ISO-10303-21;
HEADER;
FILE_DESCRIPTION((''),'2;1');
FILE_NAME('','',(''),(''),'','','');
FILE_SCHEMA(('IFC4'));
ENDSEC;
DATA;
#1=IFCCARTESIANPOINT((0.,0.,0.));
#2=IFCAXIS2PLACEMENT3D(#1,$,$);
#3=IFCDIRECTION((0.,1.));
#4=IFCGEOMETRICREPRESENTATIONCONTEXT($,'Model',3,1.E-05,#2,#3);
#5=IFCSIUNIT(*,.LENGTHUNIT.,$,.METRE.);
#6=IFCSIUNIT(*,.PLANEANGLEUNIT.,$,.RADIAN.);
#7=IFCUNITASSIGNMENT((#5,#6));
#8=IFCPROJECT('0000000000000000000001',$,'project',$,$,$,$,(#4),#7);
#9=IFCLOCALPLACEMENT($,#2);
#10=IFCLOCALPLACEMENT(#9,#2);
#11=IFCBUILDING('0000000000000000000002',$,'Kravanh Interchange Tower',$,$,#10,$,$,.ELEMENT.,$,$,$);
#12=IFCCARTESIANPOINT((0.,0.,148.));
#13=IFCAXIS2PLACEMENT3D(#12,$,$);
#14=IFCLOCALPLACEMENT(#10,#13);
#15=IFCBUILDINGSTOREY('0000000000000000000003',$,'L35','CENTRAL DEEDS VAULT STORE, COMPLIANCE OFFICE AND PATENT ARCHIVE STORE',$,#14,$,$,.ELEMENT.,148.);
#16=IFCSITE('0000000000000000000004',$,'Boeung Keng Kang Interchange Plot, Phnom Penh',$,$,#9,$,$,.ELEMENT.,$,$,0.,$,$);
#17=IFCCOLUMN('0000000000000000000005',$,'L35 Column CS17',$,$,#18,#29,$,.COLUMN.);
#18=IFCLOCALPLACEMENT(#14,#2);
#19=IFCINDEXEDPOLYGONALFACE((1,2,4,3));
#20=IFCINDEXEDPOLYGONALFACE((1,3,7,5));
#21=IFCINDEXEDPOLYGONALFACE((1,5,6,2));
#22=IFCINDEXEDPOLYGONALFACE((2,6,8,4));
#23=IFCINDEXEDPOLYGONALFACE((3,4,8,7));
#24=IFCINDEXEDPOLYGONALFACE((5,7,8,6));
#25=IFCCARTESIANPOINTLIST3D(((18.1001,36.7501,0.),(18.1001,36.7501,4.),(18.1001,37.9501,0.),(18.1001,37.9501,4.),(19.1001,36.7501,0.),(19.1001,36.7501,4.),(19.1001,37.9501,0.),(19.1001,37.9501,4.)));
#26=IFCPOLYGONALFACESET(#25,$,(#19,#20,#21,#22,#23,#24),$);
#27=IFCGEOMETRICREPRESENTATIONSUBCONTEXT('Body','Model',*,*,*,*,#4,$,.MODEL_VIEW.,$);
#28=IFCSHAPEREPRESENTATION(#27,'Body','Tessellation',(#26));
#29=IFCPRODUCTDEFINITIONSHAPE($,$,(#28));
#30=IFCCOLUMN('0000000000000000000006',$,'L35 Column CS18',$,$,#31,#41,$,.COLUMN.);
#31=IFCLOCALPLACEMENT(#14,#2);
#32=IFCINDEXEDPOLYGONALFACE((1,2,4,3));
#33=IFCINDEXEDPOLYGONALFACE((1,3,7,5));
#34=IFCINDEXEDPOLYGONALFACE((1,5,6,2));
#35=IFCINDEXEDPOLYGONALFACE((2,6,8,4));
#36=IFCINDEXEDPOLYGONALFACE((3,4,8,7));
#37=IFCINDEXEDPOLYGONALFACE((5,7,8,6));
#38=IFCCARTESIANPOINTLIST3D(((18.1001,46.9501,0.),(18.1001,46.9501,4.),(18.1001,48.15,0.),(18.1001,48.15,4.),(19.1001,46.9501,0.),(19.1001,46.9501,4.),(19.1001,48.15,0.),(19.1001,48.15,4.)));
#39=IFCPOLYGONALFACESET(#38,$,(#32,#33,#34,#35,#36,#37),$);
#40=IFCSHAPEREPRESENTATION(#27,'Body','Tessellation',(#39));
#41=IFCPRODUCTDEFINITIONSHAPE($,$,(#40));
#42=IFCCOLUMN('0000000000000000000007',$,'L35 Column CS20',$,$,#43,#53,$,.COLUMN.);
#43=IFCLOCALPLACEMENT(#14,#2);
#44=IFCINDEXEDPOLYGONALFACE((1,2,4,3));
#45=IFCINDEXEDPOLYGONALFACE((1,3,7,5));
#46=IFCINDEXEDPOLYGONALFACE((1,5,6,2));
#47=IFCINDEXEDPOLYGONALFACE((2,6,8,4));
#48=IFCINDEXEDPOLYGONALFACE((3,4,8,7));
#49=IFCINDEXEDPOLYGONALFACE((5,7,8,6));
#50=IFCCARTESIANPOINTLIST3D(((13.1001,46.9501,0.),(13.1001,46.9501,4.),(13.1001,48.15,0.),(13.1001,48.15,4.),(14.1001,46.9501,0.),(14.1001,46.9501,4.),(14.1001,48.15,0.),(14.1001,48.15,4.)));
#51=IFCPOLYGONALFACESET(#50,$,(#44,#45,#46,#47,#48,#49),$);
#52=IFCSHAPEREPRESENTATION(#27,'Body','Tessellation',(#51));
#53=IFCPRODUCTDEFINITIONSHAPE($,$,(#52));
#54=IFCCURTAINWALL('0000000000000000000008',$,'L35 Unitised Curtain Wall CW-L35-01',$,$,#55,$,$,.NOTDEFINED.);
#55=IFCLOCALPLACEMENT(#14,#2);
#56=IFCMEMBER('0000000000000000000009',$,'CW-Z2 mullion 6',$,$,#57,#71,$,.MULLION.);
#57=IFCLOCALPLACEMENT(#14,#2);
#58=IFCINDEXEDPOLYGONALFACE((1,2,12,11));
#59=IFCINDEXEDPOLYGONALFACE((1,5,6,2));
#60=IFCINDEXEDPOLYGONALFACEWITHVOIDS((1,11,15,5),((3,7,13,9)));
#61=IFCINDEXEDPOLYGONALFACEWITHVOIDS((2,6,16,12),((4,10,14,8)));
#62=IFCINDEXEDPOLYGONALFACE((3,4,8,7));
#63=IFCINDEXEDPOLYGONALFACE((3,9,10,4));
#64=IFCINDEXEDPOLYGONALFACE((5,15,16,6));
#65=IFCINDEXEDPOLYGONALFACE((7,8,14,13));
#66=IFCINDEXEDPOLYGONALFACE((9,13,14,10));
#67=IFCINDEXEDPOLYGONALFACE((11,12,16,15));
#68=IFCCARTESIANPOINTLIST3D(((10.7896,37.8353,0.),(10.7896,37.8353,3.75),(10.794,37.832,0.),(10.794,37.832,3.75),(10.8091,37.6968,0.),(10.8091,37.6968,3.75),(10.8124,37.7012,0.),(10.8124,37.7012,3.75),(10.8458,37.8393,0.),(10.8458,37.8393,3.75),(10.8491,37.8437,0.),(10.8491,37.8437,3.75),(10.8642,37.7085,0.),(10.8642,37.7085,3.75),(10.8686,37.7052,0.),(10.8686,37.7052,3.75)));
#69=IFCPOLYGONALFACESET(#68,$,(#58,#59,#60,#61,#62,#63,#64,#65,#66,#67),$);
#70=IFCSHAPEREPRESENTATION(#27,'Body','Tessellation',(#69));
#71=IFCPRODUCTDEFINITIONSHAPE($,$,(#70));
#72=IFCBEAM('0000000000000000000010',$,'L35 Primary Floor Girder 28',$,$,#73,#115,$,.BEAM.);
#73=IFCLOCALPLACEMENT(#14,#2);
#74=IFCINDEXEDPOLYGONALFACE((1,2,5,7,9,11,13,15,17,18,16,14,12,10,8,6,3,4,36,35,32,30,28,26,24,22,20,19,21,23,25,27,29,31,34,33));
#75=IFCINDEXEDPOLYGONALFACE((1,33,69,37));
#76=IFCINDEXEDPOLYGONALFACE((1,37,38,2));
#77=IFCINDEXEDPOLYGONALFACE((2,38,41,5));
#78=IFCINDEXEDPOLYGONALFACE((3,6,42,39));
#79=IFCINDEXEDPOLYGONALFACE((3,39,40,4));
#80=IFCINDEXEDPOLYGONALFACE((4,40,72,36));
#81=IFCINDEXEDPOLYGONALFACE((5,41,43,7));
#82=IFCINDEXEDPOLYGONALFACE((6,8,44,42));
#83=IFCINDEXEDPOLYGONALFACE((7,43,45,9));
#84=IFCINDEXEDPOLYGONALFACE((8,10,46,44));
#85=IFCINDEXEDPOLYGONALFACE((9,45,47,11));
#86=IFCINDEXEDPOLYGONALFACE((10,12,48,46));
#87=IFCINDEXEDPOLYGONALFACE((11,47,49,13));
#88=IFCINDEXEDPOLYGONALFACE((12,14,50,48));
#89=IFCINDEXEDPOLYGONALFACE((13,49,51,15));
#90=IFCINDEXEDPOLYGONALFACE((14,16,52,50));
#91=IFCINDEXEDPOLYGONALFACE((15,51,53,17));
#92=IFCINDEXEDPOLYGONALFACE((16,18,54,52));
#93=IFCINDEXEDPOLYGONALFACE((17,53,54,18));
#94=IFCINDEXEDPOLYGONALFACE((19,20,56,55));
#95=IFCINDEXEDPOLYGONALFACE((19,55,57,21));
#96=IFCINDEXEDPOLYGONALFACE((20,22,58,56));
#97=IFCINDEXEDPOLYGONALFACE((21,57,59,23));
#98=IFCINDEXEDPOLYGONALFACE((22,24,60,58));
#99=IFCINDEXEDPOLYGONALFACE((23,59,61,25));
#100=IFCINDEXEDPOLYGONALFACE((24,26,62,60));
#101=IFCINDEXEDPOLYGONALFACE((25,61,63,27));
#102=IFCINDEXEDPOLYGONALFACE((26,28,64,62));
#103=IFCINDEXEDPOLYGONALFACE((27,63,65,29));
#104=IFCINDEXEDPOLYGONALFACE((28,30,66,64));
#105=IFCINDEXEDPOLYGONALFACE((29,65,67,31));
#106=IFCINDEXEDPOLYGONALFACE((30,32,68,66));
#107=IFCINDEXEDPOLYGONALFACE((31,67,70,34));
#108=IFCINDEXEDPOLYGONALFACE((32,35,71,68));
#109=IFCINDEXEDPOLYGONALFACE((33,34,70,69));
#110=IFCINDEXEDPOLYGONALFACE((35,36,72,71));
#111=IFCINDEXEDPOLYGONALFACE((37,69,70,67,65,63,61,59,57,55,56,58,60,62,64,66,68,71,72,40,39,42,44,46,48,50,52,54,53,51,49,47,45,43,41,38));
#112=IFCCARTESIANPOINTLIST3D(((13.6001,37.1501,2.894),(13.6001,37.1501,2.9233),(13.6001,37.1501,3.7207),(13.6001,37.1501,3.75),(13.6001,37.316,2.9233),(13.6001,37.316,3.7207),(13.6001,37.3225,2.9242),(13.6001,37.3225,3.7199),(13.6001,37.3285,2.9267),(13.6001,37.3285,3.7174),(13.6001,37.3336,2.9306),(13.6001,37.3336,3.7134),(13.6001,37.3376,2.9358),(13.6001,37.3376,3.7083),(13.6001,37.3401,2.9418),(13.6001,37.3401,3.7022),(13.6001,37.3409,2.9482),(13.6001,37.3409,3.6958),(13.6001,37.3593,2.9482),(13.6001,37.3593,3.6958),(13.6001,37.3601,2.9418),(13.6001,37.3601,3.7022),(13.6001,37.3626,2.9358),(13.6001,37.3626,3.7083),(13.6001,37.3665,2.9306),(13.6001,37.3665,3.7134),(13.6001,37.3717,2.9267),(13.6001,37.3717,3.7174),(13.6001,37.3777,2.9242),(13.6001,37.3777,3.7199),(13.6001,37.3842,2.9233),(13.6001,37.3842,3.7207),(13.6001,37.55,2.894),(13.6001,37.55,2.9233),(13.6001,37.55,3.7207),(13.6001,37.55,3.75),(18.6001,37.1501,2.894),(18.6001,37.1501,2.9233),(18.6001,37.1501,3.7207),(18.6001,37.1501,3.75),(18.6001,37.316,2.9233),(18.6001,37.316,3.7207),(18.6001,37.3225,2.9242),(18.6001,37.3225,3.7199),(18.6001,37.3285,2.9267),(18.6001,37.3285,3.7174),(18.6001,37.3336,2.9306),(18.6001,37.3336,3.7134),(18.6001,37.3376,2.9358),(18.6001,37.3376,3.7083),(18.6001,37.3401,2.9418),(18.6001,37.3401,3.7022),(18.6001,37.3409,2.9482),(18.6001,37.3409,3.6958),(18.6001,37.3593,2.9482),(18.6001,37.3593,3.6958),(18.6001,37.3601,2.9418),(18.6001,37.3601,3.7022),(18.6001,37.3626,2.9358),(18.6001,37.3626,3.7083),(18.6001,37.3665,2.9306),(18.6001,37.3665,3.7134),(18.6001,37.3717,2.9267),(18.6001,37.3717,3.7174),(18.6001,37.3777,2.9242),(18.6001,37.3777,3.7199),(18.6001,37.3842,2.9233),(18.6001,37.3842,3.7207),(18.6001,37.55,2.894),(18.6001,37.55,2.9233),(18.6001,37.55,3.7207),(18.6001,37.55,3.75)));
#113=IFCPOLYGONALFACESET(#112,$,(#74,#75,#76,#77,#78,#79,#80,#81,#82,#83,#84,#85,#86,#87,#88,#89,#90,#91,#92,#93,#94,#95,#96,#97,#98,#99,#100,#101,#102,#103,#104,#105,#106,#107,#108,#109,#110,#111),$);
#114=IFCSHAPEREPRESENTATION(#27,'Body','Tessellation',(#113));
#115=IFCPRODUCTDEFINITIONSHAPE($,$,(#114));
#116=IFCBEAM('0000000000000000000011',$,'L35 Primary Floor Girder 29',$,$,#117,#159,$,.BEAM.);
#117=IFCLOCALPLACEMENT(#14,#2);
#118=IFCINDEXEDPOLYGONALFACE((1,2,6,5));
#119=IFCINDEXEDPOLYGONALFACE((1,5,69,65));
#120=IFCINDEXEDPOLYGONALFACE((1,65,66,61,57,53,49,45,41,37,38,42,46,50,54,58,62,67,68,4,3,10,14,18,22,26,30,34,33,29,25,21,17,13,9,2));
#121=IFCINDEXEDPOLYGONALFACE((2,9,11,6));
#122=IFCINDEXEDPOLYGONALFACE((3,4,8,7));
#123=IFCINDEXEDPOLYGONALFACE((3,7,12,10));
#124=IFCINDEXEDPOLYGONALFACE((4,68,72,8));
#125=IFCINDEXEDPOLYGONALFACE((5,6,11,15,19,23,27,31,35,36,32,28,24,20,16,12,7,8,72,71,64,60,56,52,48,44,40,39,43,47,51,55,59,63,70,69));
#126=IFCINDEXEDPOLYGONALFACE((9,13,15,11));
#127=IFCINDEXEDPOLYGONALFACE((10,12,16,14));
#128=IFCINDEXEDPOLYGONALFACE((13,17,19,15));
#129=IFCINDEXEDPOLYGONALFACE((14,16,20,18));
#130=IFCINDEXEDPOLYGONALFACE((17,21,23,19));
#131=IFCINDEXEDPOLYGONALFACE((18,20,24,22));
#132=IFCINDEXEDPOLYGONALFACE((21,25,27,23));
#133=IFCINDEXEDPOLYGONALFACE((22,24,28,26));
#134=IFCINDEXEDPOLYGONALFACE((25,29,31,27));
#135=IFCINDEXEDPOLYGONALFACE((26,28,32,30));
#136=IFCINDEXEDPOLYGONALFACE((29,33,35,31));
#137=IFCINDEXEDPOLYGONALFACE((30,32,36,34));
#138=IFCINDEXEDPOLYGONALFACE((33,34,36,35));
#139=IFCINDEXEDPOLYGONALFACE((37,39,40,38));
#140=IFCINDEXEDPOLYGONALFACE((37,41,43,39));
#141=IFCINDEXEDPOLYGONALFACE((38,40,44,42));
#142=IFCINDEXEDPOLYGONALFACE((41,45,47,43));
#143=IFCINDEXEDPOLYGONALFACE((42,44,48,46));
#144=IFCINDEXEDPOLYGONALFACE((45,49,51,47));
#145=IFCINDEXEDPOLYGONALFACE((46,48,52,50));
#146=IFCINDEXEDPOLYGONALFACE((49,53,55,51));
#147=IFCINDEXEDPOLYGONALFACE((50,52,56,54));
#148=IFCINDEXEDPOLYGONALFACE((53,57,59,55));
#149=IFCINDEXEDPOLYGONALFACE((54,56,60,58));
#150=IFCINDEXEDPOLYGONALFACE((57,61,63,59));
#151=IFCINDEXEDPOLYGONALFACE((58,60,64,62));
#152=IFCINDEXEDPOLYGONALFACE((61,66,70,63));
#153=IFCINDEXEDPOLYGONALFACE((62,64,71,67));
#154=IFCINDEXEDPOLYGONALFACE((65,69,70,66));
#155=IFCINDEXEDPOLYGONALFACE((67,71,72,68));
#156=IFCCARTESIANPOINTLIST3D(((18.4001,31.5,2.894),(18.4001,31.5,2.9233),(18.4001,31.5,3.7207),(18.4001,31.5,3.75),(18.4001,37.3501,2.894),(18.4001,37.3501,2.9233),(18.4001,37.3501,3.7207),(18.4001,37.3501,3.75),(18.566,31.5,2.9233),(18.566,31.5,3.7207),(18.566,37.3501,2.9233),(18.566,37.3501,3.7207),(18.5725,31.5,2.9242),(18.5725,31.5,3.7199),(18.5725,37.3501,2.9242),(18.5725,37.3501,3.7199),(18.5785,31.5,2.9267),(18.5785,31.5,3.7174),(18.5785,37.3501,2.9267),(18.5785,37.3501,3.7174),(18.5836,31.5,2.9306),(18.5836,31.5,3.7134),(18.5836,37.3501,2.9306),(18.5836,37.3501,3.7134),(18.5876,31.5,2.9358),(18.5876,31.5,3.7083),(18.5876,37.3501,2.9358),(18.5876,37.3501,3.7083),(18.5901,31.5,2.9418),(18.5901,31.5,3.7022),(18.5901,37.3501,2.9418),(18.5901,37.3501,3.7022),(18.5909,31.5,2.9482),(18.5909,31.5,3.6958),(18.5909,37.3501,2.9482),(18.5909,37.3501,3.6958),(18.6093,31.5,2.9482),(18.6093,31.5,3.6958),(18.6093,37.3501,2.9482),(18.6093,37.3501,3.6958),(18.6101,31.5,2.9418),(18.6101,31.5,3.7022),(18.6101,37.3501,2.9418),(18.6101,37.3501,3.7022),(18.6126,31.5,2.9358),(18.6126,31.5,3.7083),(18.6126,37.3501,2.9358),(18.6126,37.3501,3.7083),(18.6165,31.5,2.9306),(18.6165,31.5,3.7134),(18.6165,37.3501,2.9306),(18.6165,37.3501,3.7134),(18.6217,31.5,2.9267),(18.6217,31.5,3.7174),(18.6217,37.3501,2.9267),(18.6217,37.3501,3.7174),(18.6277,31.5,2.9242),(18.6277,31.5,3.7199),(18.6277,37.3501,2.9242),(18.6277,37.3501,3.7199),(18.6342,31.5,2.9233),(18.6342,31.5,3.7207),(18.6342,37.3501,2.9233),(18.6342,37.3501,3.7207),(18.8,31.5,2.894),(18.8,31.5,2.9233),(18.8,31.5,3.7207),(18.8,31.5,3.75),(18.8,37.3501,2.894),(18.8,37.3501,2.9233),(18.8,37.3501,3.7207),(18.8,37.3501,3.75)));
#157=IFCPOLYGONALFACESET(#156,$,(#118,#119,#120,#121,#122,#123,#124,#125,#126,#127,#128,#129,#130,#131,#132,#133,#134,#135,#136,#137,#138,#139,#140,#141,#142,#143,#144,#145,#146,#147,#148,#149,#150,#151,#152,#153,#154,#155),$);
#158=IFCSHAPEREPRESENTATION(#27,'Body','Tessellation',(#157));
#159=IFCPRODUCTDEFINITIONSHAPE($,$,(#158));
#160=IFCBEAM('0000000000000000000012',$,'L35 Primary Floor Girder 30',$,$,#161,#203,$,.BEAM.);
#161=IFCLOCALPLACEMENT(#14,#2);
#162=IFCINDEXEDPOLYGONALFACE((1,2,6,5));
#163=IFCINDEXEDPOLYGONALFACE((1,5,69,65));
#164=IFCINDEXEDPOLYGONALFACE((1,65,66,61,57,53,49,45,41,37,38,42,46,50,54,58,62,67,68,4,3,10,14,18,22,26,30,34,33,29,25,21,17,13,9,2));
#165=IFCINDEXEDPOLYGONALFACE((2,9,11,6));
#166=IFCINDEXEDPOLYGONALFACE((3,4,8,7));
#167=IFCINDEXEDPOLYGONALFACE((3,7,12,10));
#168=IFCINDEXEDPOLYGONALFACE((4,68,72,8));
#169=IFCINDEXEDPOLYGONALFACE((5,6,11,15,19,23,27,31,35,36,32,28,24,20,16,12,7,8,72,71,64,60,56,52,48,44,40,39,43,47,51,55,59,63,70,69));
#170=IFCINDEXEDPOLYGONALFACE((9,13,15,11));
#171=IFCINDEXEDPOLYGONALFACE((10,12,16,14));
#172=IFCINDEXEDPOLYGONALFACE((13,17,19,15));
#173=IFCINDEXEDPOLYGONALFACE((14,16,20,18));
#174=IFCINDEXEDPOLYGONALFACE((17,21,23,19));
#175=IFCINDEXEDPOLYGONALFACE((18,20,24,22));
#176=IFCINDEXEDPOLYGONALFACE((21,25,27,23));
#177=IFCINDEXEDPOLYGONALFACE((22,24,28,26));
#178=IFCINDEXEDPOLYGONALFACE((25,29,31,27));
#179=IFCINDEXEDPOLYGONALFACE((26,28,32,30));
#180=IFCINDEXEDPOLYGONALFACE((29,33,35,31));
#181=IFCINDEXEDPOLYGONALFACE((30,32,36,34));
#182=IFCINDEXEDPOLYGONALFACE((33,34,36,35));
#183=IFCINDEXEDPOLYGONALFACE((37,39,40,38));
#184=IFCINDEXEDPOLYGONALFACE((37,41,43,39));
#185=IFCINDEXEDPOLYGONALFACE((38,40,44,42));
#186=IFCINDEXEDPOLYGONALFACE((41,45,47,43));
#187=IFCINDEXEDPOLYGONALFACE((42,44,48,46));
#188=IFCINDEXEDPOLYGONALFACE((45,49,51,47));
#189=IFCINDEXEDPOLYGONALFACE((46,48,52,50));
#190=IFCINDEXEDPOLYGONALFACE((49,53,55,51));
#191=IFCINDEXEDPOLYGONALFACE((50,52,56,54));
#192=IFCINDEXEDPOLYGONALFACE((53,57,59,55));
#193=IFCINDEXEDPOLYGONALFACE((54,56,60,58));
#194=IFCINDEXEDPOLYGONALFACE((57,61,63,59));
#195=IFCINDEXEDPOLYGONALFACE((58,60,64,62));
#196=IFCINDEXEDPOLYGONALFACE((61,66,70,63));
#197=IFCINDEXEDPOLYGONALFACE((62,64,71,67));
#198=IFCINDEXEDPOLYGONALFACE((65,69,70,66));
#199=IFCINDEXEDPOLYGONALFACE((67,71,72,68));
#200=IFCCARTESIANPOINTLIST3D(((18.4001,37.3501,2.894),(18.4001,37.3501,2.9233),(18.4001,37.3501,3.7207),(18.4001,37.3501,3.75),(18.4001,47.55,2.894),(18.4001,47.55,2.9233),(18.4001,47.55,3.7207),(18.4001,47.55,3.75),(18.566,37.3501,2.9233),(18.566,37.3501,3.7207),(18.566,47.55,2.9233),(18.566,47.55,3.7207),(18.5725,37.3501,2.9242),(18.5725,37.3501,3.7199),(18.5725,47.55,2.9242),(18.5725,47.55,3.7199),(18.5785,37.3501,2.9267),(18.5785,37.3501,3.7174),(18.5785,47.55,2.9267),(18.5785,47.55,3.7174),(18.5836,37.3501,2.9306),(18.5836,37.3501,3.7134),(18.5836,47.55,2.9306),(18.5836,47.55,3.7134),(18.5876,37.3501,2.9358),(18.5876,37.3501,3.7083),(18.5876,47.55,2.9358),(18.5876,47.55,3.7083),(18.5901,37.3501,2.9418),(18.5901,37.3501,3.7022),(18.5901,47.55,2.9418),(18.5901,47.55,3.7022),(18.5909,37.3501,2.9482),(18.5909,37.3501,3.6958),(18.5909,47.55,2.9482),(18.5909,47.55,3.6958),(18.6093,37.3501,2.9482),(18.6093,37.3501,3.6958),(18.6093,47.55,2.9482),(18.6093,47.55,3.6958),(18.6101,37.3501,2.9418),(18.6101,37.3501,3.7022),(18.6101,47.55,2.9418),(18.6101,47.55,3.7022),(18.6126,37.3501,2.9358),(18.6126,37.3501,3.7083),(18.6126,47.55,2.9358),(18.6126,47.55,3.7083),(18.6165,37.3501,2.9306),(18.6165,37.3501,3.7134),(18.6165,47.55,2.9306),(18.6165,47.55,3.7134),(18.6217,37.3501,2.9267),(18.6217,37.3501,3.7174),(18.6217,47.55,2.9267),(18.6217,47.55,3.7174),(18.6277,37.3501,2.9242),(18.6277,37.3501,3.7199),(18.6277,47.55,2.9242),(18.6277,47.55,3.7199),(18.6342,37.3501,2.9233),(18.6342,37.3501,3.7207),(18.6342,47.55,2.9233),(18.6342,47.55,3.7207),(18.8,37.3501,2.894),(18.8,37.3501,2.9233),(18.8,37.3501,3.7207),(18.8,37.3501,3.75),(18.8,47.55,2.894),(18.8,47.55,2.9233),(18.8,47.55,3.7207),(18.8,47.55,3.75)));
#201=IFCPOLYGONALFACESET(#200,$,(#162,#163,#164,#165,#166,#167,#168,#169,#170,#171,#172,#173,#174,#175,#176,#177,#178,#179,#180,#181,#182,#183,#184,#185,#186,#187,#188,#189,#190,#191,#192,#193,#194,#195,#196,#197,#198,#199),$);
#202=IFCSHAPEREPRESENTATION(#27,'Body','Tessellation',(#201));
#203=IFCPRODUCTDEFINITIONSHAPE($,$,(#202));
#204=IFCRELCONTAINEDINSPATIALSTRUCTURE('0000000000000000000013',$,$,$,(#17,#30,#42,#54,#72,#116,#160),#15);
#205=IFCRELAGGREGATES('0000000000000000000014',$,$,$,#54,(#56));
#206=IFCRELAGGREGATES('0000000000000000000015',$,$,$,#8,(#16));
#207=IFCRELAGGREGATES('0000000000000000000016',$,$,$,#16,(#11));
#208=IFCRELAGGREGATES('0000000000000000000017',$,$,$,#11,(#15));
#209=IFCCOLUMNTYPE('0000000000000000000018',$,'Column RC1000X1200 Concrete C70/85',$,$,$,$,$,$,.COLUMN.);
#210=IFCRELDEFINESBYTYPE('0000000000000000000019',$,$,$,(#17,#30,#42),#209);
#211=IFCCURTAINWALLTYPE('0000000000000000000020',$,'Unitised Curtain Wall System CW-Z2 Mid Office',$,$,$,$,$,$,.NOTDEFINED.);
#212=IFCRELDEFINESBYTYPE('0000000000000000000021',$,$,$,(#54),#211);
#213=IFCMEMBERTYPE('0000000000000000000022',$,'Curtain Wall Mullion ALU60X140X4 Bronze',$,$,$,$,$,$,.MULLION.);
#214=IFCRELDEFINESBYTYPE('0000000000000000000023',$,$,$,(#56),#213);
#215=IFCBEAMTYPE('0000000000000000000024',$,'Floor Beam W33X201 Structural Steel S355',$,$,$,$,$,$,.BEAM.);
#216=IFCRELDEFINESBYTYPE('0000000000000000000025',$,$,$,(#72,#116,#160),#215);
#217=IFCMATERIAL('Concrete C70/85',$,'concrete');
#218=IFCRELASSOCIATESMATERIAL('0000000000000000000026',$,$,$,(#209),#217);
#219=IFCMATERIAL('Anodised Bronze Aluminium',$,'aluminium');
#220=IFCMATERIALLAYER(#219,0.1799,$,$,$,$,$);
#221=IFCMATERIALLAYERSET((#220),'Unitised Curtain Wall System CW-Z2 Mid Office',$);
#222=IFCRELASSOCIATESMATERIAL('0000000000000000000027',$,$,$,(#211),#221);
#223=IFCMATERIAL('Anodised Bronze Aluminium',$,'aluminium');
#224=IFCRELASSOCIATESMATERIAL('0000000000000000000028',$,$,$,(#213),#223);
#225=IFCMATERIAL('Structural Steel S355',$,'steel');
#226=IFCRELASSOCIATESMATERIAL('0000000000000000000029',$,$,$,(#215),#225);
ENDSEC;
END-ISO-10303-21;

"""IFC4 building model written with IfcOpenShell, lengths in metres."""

from ifc_helpers import new_model, si_unit, direction, frame, origin, origin_2d, place, context, subcontext, project, spatial, rectangle, hollow_rectangle, i_section, extrude, material, layer, layer_set, material_profile, profile_set, type_object, element, aggregate, save


model = new_model("IFC4")

# Units and contexts
model_context = context("Model", 3, precision=1e-05, world=origin(), true_north=direction((0.0, 1.0)))
body_context = subcontext(model_context, "Body", "Model", "MODEL_VIEW")
ifc_project = project(units=[si_unit("LENGTHUNIT", "METRE"), si_unit("PLANEANGLEUNIT", "RADIAN")], contexts=[model_context])

# Site, building, storey
site_placement = place(None, origin())
site = spatial("IfcSite", under=ifc_project, at=site_placement, Name="Boeung Keng Kang Interchange Plot, Phnom Penh", CompositionType="ELEMENT", RefElevation=0.0)
building_placement = place(site_placement, origin())
building = spatial("IfcBuilding", under=site, at=building_placement, Name="Kravanh Interchange Tower", CompositionType="ELEMENT")
storey_placement = place(building_placement, frame((0.0, 0.0, 148.0)))
storey = spatial("IfcBuildingStorey", under=building, at=storey_placement, Name="L35", Description="CENTRAL DEEDS VAULT STORE, COMPLIANCE OFFICE AND PATENT ARCHIVE STORE", CompositionType="ELEMENT", Elevation=148.0)

# Columns
ifc_material_1 = material(Name="Concrete C70/85", Category="concrete")
ifc_material_profile_1 = material_profile(ifc_material_1, rectangle(XDim=1.0, YDim=1.2, at=origin_2d()), Name="RC1000X1200")
ifc_profile_set_1 = profile_set([ifc_material_profile_1], Name="Concrete C70/85")
column_type = type_object("IfcColumnType", Name="Column RC1000X1200 Concrete C70/85", PredefinedType="COLUMN", material=ifc_profile_set_1)
for number, where, z_axis, x_axis, name in (
    (1, (18.6001, 37.3501, 0.0), (0.0, 0.0, 1.0), (1.0, 0.0, 0.0), "L35 Column CS17"),
    (2, (18.6001, 47.55, 0.0), (0.0, 0.0, 1.0), (1.0, 0.0, 0.0), "L35 Column CS18"),
    (3, (13.6001, 47.55, 0.0), (0.0, 0.0, 1.0), (1.0, 0.0, 0.0), "L35 Column CS20"),
):
    element("IfcColumn", number, at=place(storey_placement, frame(where, z_axis=z_axis, x_axis=x_axis)), inside=storey, type_object=column_type, Name=name, PredefinedType="COLUMN", context=body_context, shape_type="SweptSolid", body=[
        extrude(rectangle(XDim=1.0, YDim=1.2, at=origin_2d()), origin(), (0.0, 0.0, 1.0), 4.0),
    ])

# Curtain wall, member
ifc_material_2 = material(Name="Anodised Bronze Aluminium", Category="aluminium")
ifc_layer_1 = layer(ifc_material_2, 0.1799)
ifc_layer_set_1 = layer_set([ifc_layer_1], Name="Unitised Curtain Wall System CW-Z2 Mid Office")
curtain_wall_type = type_object("IfcCurtainWallType", Name="Unitised Curtain Wall System CW-Z2 Mid Office", PredefinedType="NOTDEFINED", material=ifc_layer_set_1)
curtain_wall_placement = place(storey_placement, origin())
curtain_wall = element("IfcCurtainWall", 4, at=curtain_wall_placement, inside=storey, type_object=curtain_wall_type, Name="L35 Unitised Curtain Wall CW-L35-01", PredefinedType="NOTDEFINED")
ifc_material_3 = material(Name="Anodised Bronze Aluminium", Category="aluminium")
ifc_material_profile_2 = material_profile(ifc_material_3, hollow_rectangle(XDim=0.0601, YDim=0.1399, WallThickness=0.0039, at=origin_2d()), Name="ALU60X140X4")
ifc_profile_set_2 = profile_set([ifc_material_profile_2], Name="Anodised Bronze Aluminium")
member_type = type_object("IfcMemberType", Name="Curtain Wall Mullion ALU60X140X4 Bronze", PredefinedType="MULLION", material=ifc_profile_set_2)
member_placement = place(storey_placement, frame((10.8291, 37.7703, 0.0), z_axis=(0.0, 0.0, 1.0), x_axis=(-0.990268, -0.139173, 0.0)))
member = element("IfcMember", 5, at=member_placement, type_object=member_type, Name="CW-Z2 mullion 6", PredefinedType="MULLION", context=body_context, shape_type="SweptSolid", body=[
    extrude(hollow_rectangle(XDim=0.0601, YDim=0.1399, WallThickness=0.0039, at=origin_2d()), origin(), (0.0, 0.0, 1.0), 3.75),
])
aggregate(curtain_wall, [member])

# Beams
ifc_material_4 = material(Name="Structural Steel S355", Category="steel")
ifc_material_profile_3 = material_profile(ifc_material_4, i_section(OverallWidth=0.3999, OverallDepth=0.856, WebThickness=0.0183, FlangeThickness=0.0293, FilletRadius=0.0249, at=origin_2d()), Name="W33X201")
ifc_profile_set_3 = profile_set([ifc_material_profile_3], Name="Structural Steel S355")
beam_type = type_object("IfcBeamType", Name="Floor Beam W33X201 Structural Steel S355", PredefinedType="BEAM", material=ifc_profile_set_3)
beam_1_placement = place(storey_placement, frame((18.6001, 37.3501, 3.322), z_axis=(-1.0, 0.0, 0.0), x_axis=(0.0, -1.0, 0.0)))
element("IfcBeam", 6, at=beam_1_placement, inside=storey, type_object=beam_type, Name="L35 Primary Floor Girder 28", PredefinedType="BEAM", context=body_context, shape_type="SweptSolid", body=[
    extrude(i_section(OverallWidth=0.3999, OverallDepth=0.856, WebThickness=0.0183, FlangeThickness=0.0293, FilletRadius=0.0249, at=origin_2d()), origin(), (0.0, 0.0, 1.0), 5.0),
])
beam_2_placement = place(storey_placement, frame((18.6001, 37.3501, 3.322), z_axis=(0.0, -1.0, 0.0), x_axis=(1.0, 0.0, 0.0)))
element("IfcBeam", 7, at=beam_2_placement, inside=storey, type_object=beam_type, Name="L35 Primary Floor Girder 29", PredefinedType="BEAM", context=body_context, shape_type="SweptSolid", body=[
    extrude(i_section(OverallWidth=0.3999, OverallDepth=0.856, WebThickness=0.0183, FlangeThickness=0.0293, FilletRadius=0.0249, at=origin_2d()), origin(), (0.0, 0.0, 1.0), 5.8501),
])
beam_3_placement = place(storey_placement, frame((18.6001, 37.3501, 3.322), z_axis=(0.0, 1.0, 0.0), x_axis=(-1.0, 0.0, 0.0)))
element("IfcBeam", 8, at=beam_3_placement, inside=storey, type_object=beam_type, Name="L35 Primary Floor Girder 30", PredefinedType="BEAM", context=body_context, shape_type="SweptSolid", body=[
    extrude(i_section(OverallWidth=0.3999, OverallDepth=0.856, WebThickness=0.0183, FlangeThickness=0.0293, FilletRadius=0.0249, at=origin_2d()), origin(), (0.0, 0.0, 1.0), 10.2),
])

save(model, "model.ifc")
